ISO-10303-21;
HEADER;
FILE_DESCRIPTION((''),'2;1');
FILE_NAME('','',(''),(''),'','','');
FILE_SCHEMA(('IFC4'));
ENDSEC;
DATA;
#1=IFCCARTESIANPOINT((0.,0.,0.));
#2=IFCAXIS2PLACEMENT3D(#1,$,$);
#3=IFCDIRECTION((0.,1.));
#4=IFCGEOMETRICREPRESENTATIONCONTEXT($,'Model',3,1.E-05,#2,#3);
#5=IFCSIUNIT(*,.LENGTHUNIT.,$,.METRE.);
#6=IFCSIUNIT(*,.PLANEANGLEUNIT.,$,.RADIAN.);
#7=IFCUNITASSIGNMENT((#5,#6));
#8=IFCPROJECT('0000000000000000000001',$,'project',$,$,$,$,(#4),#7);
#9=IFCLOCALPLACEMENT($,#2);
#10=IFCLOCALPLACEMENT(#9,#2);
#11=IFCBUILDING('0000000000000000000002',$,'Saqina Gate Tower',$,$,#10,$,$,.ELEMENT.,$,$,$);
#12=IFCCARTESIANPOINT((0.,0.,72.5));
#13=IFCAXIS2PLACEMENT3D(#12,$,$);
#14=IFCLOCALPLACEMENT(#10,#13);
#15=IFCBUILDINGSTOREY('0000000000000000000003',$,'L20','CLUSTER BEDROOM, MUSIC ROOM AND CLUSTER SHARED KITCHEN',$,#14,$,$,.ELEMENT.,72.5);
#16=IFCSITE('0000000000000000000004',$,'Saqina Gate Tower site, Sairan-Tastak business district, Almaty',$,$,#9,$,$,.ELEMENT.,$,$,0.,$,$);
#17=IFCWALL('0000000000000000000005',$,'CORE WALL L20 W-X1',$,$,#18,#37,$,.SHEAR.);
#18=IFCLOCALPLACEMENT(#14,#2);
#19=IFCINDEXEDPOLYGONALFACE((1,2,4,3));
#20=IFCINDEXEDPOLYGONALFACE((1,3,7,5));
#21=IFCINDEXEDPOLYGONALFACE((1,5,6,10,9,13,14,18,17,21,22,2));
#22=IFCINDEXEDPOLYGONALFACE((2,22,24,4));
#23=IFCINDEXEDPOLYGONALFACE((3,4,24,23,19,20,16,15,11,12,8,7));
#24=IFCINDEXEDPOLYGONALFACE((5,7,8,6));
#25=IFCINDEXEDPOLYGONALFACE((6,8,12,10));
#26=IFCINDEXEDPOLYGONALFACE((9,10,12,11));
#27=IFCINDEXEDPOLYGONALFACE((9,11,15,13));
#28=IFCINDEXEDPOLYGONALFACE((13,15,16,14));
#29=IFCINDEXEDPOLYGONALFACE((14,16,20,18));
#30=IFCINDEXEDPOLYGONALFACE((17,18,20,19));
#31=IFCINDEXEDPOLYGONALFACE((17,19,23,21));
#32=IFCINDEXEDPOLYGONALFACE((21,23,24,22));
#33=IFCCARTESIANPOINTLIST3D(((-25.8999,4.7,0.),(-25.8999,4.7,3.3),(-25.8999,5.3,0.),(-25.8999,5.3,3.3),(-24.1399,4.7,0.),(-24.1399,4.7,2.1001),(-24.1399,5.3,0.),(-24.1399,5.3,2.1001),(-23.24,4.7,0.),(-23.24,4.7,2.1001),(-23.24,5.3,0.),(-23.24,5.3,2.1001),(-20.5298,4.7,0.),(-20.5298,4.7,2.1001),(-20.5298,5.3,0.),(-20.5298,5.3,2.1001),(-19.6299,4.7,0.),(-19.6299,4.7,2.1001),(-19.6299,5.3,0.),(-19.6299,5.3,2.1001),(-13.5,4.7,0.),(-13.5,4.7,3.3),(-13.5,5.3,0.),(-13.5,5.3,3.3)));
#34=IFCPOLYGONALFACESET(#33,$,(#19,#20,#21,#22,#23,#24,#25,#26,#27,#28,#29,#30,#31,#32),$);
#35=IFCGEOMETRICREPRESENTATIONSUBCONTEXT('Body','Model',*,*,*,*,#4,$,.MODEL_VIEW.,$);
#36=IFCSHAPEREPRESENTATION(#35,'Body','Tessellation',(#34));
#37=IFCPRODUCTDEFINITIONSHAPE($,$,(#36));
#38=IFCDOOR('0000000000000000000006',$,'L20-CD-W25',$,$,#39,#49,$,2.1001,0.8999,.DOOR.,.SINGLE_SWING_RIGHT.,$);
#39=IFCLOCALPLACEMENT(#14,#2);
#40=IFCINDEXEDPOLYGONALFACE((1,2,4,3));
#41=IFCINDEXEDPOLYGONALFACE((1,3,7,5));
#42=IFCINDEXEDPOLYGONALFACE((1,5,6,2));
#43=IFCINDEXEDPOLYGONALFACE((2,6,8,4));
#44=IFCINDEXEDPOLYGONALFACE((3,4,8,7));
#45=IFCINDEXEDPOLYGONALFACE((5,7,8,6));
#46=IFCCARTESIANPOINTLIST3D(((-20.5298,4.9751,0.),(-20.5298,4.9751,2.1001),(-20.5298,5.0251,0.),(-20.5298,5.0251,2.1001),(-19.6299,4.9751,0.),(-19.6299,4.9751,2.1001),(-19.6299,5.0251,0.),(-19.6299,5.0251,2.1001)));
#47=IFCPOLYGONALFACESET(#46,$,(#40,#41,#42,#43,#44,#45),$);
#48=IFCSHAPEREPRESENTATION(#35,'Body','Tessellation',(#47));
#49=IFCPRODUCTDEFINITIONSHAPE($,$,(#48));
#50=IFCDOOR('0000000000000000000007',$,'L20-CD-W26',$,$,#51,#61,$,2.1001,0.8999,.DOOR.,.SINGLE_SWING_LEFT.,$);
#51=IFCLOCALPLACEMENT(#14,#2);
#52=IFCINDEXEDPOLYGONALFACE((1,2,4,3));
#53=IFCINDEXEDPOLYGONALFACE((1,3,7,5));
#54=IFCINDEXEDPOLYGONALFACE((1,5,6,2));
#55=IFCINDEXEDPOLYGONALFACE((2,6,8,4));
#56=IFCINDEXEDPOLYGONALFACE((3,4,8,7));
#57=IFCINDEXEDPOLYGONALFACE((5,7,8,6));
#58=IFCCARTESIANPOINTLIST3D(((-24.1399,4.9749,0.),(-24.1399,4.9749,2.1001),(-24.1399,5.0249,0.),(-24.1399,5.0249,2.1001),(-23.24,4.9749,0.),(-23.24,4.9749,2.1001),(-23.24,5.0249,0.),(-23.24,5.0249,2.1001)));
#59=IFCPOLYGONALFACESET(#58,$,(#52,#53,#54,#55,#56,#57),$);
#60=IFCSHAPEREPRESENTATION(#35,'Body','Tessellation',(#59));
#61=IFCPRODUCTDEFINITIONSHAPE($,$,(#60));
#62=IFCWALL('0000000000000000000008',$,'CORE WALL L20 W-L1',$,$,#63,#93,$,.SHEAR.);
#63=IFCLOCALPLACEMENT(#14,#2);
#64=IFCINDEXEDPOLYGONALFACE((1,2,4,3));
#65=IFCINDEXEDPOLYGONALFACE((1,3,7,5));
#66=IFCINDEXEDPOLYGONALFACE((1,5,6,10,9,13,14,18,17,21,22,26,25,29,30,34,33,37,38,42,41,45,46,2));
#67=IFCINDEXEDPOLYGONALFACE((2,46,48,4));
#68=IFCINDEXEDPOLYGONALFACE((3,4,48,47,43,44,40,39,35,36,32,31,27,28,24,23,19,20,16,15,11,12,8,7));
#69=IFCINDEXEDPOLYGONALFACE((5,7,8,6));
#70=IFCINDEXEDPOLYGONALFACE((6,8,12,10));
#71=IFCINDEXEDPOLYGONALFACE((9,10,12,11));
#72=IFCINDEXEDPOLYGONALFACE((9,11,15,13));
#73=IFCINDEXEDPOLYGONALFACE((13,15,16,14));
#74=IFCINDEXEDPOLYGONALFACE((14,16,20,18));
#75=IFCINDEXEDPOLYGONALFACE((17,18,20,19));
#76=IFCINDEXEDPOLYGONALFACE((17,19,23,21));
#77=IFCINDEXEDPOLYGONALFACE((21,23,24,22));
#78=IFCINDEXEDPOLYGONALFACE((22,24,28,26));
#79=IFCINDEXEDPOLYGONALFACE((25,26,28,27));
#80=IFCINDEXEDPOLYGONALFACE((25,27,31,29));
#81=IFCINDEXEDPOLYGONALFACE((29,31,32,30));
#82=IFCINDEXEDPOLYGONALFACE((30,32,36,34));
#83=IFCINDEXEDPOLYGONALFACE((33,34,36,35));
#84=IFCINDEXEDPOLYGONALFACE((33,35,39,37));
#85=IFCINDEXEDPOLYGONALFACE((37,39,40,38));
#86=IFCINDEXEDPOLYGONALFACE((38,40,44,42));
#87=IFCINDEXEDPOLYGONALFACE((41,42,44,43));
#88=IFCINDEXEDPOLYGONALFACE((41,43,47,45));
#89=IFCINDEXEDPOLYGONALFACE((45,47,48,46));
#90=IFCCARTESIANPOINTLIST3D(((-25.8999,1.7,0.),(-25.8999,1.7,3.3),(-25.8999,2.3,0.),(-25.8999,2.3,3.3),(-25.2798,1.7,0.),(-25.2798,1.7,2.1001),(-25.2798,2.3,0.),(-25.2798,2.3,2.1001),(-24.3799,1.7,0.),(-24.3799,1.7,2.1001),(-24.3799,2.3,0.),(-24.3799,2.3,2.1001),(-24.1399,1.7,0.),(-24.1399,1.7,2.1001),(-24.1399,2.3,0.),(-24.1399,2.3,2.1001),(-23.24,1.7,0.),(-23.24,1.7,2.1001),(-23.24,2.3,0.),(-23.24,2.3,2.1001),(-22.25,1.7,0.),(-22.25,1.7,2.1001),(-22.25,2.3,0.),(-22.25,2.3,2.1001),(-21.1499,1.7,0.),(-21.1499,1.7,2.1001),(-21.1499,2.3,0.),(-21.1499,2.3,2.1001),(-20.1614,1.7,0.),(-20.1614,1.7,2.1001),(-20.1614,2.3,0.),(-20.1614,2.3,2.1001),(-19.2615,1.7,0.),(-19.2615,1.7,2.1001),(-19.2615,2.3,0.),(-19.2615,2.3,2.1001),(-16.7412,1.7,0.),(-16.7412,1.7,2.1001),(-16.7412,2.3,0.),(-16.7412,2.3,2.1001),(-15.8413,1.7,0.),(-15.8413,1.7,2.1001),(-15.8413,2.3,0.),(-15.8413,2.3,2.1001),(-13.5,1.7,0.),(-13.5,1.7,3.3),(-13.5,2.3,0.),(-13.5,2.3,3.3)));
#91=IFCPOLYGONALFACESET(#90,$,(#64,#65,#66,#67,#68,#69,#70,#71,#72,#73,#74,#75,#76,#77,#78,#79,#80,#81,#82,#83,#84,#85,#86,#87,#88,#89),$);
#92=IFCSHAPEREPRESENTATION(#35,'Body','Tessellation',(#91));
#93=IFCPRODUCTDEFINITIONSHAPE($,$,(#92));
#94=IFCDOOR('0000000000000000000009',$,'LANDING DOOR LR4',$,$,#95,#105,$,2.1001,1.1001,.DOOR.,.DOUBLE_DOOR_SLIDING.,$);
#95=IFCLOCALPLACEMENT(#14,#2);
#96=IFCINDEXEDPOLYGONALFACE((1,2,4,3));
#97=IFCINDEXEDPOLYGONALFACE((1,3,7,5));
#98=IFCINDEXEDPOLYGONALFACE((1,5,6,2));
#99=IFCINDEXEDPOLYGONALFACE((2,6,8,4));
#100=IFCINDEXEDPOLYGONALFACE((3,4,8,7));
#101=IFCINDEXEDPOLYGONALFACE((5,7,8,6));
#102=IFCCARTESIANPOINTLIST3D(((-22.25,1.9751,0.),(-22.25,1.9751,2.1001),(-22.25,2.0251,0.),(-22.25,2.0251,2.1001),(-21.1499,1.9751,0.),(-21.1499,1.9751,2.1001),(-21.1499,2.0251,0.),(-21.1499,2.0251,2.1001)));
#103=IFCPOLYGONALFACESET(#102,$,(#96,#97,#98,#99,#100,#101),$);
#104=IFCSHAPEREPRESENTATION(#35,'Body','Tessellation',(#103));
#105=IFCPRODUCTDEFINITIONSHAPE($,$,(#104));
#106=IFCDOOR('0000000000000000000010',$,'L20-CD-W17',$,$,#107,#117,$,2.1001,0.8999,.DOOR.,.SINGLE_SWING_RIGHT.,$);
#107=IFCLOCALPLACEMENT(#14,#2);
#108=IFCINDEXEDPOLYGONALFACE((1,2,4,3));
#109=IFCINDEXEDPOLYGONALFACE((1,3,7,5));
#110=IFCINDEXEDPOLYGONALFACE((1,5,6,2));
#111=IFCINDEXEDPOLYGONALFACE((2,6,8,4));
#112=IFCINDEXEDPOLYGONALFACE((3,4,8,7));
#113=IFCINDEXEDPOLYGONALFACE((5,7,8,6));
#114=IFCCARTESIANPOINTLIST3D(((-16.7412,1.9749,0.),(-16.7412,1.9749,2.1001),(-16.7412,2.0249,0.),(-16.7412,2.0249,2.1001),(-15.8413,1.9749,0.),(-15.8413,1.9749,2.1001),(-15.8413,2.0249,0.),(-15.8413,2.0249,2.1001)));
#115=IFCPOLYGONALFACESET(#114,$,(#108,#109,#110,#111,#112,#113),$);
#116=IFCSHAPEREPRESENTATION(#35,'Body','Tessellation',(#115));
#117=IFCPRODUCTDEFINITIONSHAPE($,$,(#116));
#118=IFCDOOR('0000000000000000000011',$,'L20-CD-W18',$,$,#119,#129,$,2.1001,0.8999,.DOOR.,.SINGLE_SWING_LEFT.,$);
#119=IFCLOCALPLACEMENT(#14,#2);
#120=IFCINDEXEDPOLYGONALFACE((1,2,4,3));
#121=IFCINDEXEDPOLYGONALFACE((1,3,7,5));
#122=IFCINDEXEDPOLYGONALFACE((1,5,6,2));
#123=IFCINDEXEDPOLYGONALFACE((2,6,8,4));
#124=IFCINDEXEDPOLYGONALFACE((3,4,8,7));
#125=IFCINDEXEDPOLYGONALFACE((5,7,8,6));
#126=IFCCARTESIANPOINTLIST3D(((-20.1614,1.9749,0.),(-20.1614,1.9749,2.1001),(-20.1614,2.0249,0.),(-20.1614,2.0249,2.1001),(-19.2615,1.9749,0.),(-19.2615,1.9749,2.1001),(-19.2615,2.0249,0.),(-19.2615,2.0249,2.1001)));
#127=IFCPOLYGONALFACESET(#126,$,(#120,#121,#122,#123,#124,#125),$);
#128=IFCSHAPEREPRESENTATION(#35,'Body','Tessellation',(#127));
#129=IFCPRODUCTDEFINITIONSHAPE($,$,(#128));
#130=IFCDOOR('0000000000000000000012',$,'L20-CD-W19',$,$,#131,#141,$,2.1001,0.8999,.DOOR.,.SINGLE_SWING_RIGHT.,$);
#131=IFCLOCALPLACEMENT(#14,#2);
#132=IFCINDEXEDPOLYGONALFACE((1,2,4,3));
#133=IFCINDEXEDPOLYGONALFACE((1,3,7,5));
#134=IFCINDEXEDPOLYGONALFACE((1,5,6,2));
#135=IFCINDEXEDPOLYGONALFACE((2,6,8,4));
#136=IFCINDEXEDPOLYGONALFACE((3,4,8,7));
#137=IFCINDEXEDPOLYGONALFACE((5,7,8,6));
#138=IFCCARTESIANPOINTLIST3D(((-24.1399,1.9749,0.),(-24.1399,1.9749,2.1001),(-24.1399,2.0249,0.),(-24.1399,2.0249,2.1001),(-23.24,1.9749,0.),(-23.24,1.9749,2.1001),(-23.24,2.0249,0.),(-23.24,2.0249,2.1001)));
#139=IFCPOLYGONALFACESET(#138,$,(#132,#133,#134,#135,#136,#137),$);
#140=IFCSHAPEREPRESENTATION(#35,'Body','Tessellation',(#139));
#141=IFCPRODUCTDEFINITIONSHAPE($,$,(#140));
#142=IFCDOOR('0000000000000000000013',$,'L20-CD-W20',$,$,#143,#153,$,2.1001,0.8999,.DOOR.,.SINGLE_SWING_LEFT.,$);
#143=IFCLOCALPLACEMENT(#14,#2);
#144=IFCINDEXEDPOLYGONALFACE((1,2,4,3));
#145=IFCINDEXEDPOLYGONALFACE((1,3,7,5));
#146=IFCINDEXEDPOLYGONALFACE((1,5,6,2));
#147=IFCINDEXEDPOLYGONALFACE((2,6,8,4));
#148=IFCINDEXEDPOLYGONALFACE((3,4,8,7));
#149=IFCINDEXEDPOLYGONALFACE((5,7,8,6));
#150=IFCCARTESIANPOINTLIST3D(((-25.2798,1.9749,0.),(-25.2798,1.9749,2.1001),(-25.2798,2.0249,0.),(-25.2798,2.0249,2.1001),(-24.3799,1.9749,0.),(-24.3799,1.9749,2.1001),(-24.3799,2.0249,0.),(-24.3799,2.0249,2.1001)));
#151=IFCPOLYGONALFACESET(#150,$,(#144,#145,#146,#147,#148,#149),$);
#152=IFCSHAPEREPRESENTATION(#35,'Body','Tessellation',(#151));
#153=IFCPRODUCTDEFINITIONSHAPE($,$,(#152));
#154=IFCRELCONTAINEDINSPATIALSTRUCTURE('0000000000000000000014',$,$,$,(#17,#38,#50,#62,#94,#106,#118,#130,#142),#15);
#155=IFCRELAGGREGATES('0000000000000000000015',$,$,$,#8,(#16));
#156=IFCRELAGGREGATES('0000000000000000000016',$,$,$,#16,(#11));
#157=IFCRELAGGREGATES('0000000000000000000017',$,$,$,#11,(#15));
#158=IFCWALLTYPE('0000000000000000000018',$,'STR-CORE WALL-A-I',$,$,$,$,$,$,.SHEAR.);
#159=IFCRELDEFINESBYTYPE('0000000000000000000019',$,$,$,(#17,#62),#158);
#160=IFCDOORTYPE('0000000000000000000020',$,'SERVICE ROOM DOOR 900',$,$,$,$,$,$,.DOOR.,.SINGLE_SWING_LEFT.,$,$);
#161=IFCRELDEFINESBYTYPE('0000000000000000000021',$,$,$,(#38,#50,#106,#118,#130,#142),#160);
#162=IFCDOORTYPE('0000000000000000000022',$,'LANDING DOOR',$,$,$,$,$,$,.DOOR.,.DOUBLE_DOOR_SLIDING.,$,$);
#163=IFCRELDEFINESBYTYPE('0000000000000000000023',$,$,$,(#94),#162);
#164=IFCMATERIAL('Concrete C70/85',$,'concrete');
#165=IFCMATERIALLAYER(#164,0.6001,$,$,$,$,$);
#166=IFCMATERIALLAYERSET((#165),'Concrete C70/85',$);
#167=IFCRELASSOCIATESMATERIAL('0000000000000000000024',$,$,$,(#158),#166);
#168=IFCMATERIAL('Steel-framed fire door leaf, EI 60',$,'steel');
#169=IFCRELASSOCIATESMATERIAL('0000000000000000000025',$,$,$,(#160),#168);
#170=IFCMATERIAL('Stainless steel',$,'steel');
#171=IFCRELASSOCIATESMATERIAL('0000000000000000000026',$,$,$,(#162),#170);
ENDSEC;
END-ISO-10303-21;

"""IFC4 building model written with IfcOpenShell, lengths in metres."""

from ifc_helpers import new_model, si_unit, direction, frame, frame_2d, origin, place, context, subcontext, project, spatial, rectangle, extrude, material, layer, layer_set, type_object, element, fill, save


model = new_model("IFC4")

# Units and contexts
model_context = context("Model", 3, precision=1e-05, world=origin(), true_north=direction((0.0, 1.0)))
body_context = subcontext(model_context, "Body", "Model", "MODEL_VIEW")
ifc_project = project(units=[si_unit("LENGTHUNIT", "METRE"), si_unit("PLANEANGLEUNIT", "RADIAN")], contexts=[model_context])

# Site, building, storey
site_placement = place(None, origin())
site = spatial("IfcSite", under=ifc_project, at=site_placement, Name="Saqina Gate Tower site, Sairan-Tastak business district, Almaty", CompositionType="ELEMENT", RefElevation=0.0)
building_placement = place(site_placement, origin())
building = spatial("IfcBuilding", under=site, at=building_placement, Name="Saqina Gate Tower", CompositionType="ELEMENT")
storey_placement = place(building_placement, frame((0.0, 0.0, 72.5)))
storey = spatial("IfcBuildingStorey", under=building, at=storey_placement, Name="L20", Description="CLUSTER BEDROOM, MUSIC ROOM AND CLUSTER SHARED KITCHEN", CompositionType="ELEMENT", Elevation=72.5)

# Walls, openings, doors
ifc_material_1 = material(Name="Concrete C70/85", Category="concrete")
ifc_layer_1 = layer(ifc_material_1, 0.6001)
ifc_layer_set_1 = layer_set([ifc_layer_1], Name="Concrete C70/85")
wall_type_1 = type_object("IfcWallType", Name="STR-CORE WALL-A-I", PredefinedType="SHEAR", material=ifc_layer_set_1)
wall_1_placement = place(storey_placement, frame((-13.5, 5.0, 0.0), z_axis=(0.0, 0.0, 1.0), x_axis=(-1.0, 0.0, 0.0)))
wall_1 = element("IfcWall", 1, at=wall_1_placement, inside=storey, type_object=wall_type_1, Name="CORE WALL L20 W-X1", PredefinedType="SHEAR", context=body_context, shape_type="SweptSolid", body=[
    extrude(rectangle(XDim=12.3999, YDim=0.6001, at=frame_2d((6.2, 0.0))), origin(), (0.0, 0.0, 1.0), 3.3),
])
opening_1_placement = place(wall_1_placement, frame((6.1299, 0.0, 0.0)))
opening_1 = element("IfcOpeningElement", 2, at=opening_1_placement, cuts=wall_1, PredefinedType="OPENING", context=body_context, shape_type="SweptSolid", body=[
    extrude(rectangle(XDim=0.8999, YDim=2.1001, at=frame_2d((0.45, 1.05))), frame((0.0, 0.312, 0.0), z_axis=(0.0, -1.0, 0.0), x_axis=(1.0, 0.0, 0.0)), (0.0, 0.0, 1.0), 0.624),
])
opening_2_placement = place(wall_1_placement, frame((9.74, 0.0, 0.0)))
opening_2 = element("IfcOpeningElement", 3, at=opening_2_placement, cuts=wall_1, PredefinedType="OPENING", context=body_context, shape_type="SweptSolid", body=[
    extrude(rectangle(XDim=0.8999, YDim=2.1001, at=frame_2d((0.45, 1.05))), frame((0.0, 0.312, 0.0), z_axis=(0.0, -1.0, 0.0), x_axis=(1.0, 0.0, 0.0)), (0.0, 0.0, 1.0), 0.624),
])
ifc_material_2 = material(Name="Steel-framed fire door leaf, EI 60", Category="steel")
door_type_1 = type_object("IfcDoorType", Name="SERVICE ROOM DOOR 900", OperationType="SINGLE_SWING_LEFT", PredefinedType="DOOR", material=ifc_material_2)
door_1_placement = place(opening_1_placement, origin())
door_1 = element("IfcDoor", 4, at=door_1_placement, inside=storey, type_object=door_type_1, Name="L20-CD-W25", OperationType="SINGLE_SWING_RIGHT", OverallHeight=2.1001, OverallWidth=0.8999, PredefinedType="DOOR", context=body_context, shape_type="SweptSolid", body=[
    extrude(rectangle(XDim=0.8999, YDim=2.1001, at=frame_2d((0.45, 1.05))), frame((0.0, 0.0249, 0.0), z_axis=(0.0, -1.0, 0.0), x_axis=(1.0, 0.0, 0.0)), (0.0, 0.0, 1.0), 0.05),
])
fill(opening_1, door_1)
door_2_placement = place(opening_2_placement, frame((0.8999, 0.0, 0.0), z_axis=(0.0, 0.0, 1.0), x_axis=(-1.0, 0.0, 0.0)))
door_2 = element("IfcDoor", 5, at=door_2_placement, inside=storey, type_object=door_type_1, Name="L20-CD-W26", OperationType="SINGLE_SWING_LEFT", OverallHeight=2.1001, OverallWidth=0.8999, PredefinedType="DOOR", context=body_context, shape_type="SweptSolid", body=[
    extrude(rectangle(XDim=0.8999, YDim=2.1001, at=frame_2d((0.45, 1.05))), frame((0.0, 0.0249, 0.0), z_axis=(0.0, -1.0, 0.0), x_axis=(1.0, 0.0, 0.0)), (0.0, 0.0, 1.0), 0.05),
])
fill(opening_2, door_2)
wall_2_placement = place(storey_placement, frame((-13.5, 2.0, 0.0), z_axis=(0.0, 0.0, 1.0), x_axis=(-1.0, 0.0, 0.0)))
wall_2 = element("IfcWall", 6, at=wall_2_placement, inside=storey, type_object=wall_type_1, Name="CORE WALL L20 W-L1", PredefinedType="SHEAR", context=body_context, shape_type="SweptSolid", body=[
    extrude(rectangle(XDim=12.3999, YDim=0.6001, at=frame_2d((6.2, 0.0))), origin(), (0.0, 0.0, 1.0), 3.3),
])
opening_3_placement = place(wall_2_placement, frame((7.6499, 0.0, 0.0)))
opening_3 = element("IfcOpeningElement", 7, at=opening_3_placement, cuts=wall_2, PredefinedType="OPENING", context=body_context, shape_type="SweptSolid", body=[
    extrude(rectangle(XDim=1.1001, YDim=2.1001, at=frame_2d((0.55, 1.05))), frame((0.0, 0.312, 0.0), z_axis=(0.0, -1.0, 0.0), x_axis=(1.0, 0.0, 0.0)), (0.0, 0.0, 1.0), 0.624),
])
opening_4_placement = place(wall_2_placement, frame((2.3413, 0.0, 0.0)))
opening_4 = element("IfcOpeningElement", 8, at=opening_4_placement, cuts=wall_2, PredefinedType="OPENING", context=body_context, shape_type="SweptSolid", body=[
    extrude(rectangle(XDim=0.8999, YDim=2.1001, at=frame_2d((0.45, 1.05))), frame((0.0, 0.312, 0.0), z_axis=(0.0, -1.0, 0.0), x_axis=(1.0, 0.0, 0.0)), (0.0, 0.0, 1.0), 0.624),
])
opening_5_placement = place(wall_2_placement, frame((5.7615, 0.0, 0.0)))
opening_5 = element("IfcOpeningElement", 9, at=opening_5_placement, cuts=wall_2, PredefinedType="OPENING", context=body_context, shape_type="SweptSolid", body=[
    extrude(rectangle(XDim=0.8999, YDim=2.1001, at=frame_2d((0.45, 1.05))), frame((0.0, 0.312, 0.0), z_axis=(0.0, -1.0, 0.0), x_axis=(1.0, 0.0, 0.0)), (0.0, 0.0, 1.0), 0.624),
])
opening_6_placement = place(wall_2_placement, frame((9.74, 0.0, 0.0)))
opening_6 = element("IfcOpeningElement", 10, at=opening_6_placement, cuts=wall_2, PredefinedType="OPENING", context=body_context, shape_type="SweptSolid", body=[
    extrude(rectangle(XDim=0.8999, YDim=2.1001, at=frame_2d((0.45, 1.05))), frame((0.0, 0.312, 0.0), z_axis=(0.0, -1.0, 0.0), x_axis=(1.0, 0.0, 0.0)), (0.0, 0.0, 1.0), 0.624),
])
opening_7_placement = place(wall_2_placement, frame((10.8799, 0.0, 0.0)))
opening_7 = element("IfcOpeningElement", 11, at=opening_7_placement, cuts=wall_2, PredefinedType="OPENING", context=body_context, shape_type="SweptSolid", body=[
    extrude(rectangle(XDim=0.8999, YDim=2.1001, at=frame_2d((0.45, 1.05))), frame((0.0, 0.312, 0.0), z_axis=(0.0, -1.0, 0.0), x_axis=(1.0, 0.0, 0.0)), (0.0, 0.0, 1.0), 0.624),
])
ifc_material_3 = material(Name="Stainless steel", Category="steel")
door_type_2 = type_object("IfcDoorType", Name="LANDING DOOR", OperationType="DOUBLE_DOOR_SLIDING", PredefinedType="DOOR", material=ifc_material_3)
door_3_placement = place(opening_3_placement, origin())
door_3 = element("IfcDoor", 12, at=door_3_placement, inside=storey, type_object=door_type_2, Name="LANDING DOOR LR4", OperationType="DOUBLE_DOOR_SLIDING", OverallHeight=2.1001, OverallWidth=1.1001, PredefinedType="DOOR", context=body_context, shape_type="SweptSolid", body=[
    extrude(rectangle(XDim=1.1001, YDim=2.1001, at=frame_2d((0.55, 1.05))), frame((0.0, 0.0249, 0.0), z_axis=(0.0, -1.0, 0.0), x_axis=(1.0, 0.0, 0.0)), (0.0, 0.0, 1.0), 0.05),
])
fill(opening_3, door_3)
door_4_placement = place(opening_4_placement, frame((0.8999, 0.0, 0.0), z_axis=(0.0, 0.0, 1.0), x_axis=(-1.0, 0.0, 0.0)))
door_4 = element("IfcDoor", 13, at=door_4_placement, inside=storey, type_object=door_type_1, Name="L20-CD-W17", OperationType="SINGLE_SWING_RIGHT", OverallHeight=2.1001, OverallWidth=0.8999, PredefinedType="DOOR", context=body_context, shape_type="SweptSolid", body=[
    extrude(rectangle(XDim=0.8999, YDim=2.1001, at=frame_2d((0.45, 1.05))), frame((0.0, 0.0249, 0.0), z_axis=(0.0, -1.0, 0.0), x_axis=(1.0, 0.0, 0.0)), (0.0, 0.0, 1.0), 0.05),
])
fill(opening_4, door_4)
door_5_placement = place(opening_5_placement, frame((0.8999, 0.0, 0.0), z_axis=(0.0, 0.0, 1.0), x_axis=(-1.0, 0.0, 0.0)))
door_5 = element("IfcDoor", 14, at=door_5_placement, inside=storey, type_object=door_type_1, Name="L20-CD-W18", OperationType="SINGLE_SWING_LEFT", OverallHeight=2.1001, OverallWidth=0.8999, PredefinedType="DOOR", context=body_context, shape_type="SweptSolid", body=[
    extrude(rectangle(XDim=0.8999, YDim=2.1001, at=frame_2d((0.45, 1.05))), frame((0.0, 0.0249, 0.0), z_axis=(0.0, -1.0, 0.0), x_axis=(1.0, 0.0, 0.0)), (0.0, 0.0, 1.0), 0.05),
])
fill(opening_5, door_5)
door_6_placement = place(opening_6_placement, frame((0.8999, 0.0, 0.0), z_axis=(0.0, 0.0, 1.0), x_axis=(-1.0, 0.0, 0.0)))
door_6 = element("IfcDoor", 15, at=door_6_placement, inside=storey, type_object=door_type_1, Name="L20-CD-W19", OperationType="SINGLE_SWING_RIGHT", OverallHeight=2.1001, OverallWidth=0.8999, PredefinedType="DOOR", context=body_context, shape_type="SweptSolid", body=[
    extrude(rectangle(XDim=0.8999, YDim=2.1001, at=frame_2d((0.45, 1.05))), frame((0.0, 0.0249, 0.0), z_axis=(0.0, -1.0, 0.0), x_axis=(1.0, 0.0, 0.0)), (0.0, 0.0, 1.0), 0.05),
])
fill(opening_6, door_6)
door_7_placement = place(opening_7_placement, frame((0.8999, 0.0, 0.0), z_axis=(0.0, 0.0, 1.0), x_axis=(-1.0, 0.0, 0.0)))
door_7 = element("IfcDoor", 16, at=door_7_placement, inside=storey, type_object=door_type_1, Name="L20-CD-W20", OperationType="SINGLE_SWING_LEFT", OverallHeight=2.1001, OverallWidth=0.8999, PredefinedType="DOOR", context=body_context, shape_type="SweptSolid", body=[
    extrude(rectangle(XDim=0.8999, YDim=2.1001, at=frame_2d((0.45, 1.05))), frame((0.0, 0.0249, 0.0), z_axis=(0.0, -1.0, 0.0), x_axis=(1.0, 0.0, 0.0)), (0.0, 0.0, 1.0), 0.05),
])
fill(opening_7, door_7)

save(model, "model.ifc")
